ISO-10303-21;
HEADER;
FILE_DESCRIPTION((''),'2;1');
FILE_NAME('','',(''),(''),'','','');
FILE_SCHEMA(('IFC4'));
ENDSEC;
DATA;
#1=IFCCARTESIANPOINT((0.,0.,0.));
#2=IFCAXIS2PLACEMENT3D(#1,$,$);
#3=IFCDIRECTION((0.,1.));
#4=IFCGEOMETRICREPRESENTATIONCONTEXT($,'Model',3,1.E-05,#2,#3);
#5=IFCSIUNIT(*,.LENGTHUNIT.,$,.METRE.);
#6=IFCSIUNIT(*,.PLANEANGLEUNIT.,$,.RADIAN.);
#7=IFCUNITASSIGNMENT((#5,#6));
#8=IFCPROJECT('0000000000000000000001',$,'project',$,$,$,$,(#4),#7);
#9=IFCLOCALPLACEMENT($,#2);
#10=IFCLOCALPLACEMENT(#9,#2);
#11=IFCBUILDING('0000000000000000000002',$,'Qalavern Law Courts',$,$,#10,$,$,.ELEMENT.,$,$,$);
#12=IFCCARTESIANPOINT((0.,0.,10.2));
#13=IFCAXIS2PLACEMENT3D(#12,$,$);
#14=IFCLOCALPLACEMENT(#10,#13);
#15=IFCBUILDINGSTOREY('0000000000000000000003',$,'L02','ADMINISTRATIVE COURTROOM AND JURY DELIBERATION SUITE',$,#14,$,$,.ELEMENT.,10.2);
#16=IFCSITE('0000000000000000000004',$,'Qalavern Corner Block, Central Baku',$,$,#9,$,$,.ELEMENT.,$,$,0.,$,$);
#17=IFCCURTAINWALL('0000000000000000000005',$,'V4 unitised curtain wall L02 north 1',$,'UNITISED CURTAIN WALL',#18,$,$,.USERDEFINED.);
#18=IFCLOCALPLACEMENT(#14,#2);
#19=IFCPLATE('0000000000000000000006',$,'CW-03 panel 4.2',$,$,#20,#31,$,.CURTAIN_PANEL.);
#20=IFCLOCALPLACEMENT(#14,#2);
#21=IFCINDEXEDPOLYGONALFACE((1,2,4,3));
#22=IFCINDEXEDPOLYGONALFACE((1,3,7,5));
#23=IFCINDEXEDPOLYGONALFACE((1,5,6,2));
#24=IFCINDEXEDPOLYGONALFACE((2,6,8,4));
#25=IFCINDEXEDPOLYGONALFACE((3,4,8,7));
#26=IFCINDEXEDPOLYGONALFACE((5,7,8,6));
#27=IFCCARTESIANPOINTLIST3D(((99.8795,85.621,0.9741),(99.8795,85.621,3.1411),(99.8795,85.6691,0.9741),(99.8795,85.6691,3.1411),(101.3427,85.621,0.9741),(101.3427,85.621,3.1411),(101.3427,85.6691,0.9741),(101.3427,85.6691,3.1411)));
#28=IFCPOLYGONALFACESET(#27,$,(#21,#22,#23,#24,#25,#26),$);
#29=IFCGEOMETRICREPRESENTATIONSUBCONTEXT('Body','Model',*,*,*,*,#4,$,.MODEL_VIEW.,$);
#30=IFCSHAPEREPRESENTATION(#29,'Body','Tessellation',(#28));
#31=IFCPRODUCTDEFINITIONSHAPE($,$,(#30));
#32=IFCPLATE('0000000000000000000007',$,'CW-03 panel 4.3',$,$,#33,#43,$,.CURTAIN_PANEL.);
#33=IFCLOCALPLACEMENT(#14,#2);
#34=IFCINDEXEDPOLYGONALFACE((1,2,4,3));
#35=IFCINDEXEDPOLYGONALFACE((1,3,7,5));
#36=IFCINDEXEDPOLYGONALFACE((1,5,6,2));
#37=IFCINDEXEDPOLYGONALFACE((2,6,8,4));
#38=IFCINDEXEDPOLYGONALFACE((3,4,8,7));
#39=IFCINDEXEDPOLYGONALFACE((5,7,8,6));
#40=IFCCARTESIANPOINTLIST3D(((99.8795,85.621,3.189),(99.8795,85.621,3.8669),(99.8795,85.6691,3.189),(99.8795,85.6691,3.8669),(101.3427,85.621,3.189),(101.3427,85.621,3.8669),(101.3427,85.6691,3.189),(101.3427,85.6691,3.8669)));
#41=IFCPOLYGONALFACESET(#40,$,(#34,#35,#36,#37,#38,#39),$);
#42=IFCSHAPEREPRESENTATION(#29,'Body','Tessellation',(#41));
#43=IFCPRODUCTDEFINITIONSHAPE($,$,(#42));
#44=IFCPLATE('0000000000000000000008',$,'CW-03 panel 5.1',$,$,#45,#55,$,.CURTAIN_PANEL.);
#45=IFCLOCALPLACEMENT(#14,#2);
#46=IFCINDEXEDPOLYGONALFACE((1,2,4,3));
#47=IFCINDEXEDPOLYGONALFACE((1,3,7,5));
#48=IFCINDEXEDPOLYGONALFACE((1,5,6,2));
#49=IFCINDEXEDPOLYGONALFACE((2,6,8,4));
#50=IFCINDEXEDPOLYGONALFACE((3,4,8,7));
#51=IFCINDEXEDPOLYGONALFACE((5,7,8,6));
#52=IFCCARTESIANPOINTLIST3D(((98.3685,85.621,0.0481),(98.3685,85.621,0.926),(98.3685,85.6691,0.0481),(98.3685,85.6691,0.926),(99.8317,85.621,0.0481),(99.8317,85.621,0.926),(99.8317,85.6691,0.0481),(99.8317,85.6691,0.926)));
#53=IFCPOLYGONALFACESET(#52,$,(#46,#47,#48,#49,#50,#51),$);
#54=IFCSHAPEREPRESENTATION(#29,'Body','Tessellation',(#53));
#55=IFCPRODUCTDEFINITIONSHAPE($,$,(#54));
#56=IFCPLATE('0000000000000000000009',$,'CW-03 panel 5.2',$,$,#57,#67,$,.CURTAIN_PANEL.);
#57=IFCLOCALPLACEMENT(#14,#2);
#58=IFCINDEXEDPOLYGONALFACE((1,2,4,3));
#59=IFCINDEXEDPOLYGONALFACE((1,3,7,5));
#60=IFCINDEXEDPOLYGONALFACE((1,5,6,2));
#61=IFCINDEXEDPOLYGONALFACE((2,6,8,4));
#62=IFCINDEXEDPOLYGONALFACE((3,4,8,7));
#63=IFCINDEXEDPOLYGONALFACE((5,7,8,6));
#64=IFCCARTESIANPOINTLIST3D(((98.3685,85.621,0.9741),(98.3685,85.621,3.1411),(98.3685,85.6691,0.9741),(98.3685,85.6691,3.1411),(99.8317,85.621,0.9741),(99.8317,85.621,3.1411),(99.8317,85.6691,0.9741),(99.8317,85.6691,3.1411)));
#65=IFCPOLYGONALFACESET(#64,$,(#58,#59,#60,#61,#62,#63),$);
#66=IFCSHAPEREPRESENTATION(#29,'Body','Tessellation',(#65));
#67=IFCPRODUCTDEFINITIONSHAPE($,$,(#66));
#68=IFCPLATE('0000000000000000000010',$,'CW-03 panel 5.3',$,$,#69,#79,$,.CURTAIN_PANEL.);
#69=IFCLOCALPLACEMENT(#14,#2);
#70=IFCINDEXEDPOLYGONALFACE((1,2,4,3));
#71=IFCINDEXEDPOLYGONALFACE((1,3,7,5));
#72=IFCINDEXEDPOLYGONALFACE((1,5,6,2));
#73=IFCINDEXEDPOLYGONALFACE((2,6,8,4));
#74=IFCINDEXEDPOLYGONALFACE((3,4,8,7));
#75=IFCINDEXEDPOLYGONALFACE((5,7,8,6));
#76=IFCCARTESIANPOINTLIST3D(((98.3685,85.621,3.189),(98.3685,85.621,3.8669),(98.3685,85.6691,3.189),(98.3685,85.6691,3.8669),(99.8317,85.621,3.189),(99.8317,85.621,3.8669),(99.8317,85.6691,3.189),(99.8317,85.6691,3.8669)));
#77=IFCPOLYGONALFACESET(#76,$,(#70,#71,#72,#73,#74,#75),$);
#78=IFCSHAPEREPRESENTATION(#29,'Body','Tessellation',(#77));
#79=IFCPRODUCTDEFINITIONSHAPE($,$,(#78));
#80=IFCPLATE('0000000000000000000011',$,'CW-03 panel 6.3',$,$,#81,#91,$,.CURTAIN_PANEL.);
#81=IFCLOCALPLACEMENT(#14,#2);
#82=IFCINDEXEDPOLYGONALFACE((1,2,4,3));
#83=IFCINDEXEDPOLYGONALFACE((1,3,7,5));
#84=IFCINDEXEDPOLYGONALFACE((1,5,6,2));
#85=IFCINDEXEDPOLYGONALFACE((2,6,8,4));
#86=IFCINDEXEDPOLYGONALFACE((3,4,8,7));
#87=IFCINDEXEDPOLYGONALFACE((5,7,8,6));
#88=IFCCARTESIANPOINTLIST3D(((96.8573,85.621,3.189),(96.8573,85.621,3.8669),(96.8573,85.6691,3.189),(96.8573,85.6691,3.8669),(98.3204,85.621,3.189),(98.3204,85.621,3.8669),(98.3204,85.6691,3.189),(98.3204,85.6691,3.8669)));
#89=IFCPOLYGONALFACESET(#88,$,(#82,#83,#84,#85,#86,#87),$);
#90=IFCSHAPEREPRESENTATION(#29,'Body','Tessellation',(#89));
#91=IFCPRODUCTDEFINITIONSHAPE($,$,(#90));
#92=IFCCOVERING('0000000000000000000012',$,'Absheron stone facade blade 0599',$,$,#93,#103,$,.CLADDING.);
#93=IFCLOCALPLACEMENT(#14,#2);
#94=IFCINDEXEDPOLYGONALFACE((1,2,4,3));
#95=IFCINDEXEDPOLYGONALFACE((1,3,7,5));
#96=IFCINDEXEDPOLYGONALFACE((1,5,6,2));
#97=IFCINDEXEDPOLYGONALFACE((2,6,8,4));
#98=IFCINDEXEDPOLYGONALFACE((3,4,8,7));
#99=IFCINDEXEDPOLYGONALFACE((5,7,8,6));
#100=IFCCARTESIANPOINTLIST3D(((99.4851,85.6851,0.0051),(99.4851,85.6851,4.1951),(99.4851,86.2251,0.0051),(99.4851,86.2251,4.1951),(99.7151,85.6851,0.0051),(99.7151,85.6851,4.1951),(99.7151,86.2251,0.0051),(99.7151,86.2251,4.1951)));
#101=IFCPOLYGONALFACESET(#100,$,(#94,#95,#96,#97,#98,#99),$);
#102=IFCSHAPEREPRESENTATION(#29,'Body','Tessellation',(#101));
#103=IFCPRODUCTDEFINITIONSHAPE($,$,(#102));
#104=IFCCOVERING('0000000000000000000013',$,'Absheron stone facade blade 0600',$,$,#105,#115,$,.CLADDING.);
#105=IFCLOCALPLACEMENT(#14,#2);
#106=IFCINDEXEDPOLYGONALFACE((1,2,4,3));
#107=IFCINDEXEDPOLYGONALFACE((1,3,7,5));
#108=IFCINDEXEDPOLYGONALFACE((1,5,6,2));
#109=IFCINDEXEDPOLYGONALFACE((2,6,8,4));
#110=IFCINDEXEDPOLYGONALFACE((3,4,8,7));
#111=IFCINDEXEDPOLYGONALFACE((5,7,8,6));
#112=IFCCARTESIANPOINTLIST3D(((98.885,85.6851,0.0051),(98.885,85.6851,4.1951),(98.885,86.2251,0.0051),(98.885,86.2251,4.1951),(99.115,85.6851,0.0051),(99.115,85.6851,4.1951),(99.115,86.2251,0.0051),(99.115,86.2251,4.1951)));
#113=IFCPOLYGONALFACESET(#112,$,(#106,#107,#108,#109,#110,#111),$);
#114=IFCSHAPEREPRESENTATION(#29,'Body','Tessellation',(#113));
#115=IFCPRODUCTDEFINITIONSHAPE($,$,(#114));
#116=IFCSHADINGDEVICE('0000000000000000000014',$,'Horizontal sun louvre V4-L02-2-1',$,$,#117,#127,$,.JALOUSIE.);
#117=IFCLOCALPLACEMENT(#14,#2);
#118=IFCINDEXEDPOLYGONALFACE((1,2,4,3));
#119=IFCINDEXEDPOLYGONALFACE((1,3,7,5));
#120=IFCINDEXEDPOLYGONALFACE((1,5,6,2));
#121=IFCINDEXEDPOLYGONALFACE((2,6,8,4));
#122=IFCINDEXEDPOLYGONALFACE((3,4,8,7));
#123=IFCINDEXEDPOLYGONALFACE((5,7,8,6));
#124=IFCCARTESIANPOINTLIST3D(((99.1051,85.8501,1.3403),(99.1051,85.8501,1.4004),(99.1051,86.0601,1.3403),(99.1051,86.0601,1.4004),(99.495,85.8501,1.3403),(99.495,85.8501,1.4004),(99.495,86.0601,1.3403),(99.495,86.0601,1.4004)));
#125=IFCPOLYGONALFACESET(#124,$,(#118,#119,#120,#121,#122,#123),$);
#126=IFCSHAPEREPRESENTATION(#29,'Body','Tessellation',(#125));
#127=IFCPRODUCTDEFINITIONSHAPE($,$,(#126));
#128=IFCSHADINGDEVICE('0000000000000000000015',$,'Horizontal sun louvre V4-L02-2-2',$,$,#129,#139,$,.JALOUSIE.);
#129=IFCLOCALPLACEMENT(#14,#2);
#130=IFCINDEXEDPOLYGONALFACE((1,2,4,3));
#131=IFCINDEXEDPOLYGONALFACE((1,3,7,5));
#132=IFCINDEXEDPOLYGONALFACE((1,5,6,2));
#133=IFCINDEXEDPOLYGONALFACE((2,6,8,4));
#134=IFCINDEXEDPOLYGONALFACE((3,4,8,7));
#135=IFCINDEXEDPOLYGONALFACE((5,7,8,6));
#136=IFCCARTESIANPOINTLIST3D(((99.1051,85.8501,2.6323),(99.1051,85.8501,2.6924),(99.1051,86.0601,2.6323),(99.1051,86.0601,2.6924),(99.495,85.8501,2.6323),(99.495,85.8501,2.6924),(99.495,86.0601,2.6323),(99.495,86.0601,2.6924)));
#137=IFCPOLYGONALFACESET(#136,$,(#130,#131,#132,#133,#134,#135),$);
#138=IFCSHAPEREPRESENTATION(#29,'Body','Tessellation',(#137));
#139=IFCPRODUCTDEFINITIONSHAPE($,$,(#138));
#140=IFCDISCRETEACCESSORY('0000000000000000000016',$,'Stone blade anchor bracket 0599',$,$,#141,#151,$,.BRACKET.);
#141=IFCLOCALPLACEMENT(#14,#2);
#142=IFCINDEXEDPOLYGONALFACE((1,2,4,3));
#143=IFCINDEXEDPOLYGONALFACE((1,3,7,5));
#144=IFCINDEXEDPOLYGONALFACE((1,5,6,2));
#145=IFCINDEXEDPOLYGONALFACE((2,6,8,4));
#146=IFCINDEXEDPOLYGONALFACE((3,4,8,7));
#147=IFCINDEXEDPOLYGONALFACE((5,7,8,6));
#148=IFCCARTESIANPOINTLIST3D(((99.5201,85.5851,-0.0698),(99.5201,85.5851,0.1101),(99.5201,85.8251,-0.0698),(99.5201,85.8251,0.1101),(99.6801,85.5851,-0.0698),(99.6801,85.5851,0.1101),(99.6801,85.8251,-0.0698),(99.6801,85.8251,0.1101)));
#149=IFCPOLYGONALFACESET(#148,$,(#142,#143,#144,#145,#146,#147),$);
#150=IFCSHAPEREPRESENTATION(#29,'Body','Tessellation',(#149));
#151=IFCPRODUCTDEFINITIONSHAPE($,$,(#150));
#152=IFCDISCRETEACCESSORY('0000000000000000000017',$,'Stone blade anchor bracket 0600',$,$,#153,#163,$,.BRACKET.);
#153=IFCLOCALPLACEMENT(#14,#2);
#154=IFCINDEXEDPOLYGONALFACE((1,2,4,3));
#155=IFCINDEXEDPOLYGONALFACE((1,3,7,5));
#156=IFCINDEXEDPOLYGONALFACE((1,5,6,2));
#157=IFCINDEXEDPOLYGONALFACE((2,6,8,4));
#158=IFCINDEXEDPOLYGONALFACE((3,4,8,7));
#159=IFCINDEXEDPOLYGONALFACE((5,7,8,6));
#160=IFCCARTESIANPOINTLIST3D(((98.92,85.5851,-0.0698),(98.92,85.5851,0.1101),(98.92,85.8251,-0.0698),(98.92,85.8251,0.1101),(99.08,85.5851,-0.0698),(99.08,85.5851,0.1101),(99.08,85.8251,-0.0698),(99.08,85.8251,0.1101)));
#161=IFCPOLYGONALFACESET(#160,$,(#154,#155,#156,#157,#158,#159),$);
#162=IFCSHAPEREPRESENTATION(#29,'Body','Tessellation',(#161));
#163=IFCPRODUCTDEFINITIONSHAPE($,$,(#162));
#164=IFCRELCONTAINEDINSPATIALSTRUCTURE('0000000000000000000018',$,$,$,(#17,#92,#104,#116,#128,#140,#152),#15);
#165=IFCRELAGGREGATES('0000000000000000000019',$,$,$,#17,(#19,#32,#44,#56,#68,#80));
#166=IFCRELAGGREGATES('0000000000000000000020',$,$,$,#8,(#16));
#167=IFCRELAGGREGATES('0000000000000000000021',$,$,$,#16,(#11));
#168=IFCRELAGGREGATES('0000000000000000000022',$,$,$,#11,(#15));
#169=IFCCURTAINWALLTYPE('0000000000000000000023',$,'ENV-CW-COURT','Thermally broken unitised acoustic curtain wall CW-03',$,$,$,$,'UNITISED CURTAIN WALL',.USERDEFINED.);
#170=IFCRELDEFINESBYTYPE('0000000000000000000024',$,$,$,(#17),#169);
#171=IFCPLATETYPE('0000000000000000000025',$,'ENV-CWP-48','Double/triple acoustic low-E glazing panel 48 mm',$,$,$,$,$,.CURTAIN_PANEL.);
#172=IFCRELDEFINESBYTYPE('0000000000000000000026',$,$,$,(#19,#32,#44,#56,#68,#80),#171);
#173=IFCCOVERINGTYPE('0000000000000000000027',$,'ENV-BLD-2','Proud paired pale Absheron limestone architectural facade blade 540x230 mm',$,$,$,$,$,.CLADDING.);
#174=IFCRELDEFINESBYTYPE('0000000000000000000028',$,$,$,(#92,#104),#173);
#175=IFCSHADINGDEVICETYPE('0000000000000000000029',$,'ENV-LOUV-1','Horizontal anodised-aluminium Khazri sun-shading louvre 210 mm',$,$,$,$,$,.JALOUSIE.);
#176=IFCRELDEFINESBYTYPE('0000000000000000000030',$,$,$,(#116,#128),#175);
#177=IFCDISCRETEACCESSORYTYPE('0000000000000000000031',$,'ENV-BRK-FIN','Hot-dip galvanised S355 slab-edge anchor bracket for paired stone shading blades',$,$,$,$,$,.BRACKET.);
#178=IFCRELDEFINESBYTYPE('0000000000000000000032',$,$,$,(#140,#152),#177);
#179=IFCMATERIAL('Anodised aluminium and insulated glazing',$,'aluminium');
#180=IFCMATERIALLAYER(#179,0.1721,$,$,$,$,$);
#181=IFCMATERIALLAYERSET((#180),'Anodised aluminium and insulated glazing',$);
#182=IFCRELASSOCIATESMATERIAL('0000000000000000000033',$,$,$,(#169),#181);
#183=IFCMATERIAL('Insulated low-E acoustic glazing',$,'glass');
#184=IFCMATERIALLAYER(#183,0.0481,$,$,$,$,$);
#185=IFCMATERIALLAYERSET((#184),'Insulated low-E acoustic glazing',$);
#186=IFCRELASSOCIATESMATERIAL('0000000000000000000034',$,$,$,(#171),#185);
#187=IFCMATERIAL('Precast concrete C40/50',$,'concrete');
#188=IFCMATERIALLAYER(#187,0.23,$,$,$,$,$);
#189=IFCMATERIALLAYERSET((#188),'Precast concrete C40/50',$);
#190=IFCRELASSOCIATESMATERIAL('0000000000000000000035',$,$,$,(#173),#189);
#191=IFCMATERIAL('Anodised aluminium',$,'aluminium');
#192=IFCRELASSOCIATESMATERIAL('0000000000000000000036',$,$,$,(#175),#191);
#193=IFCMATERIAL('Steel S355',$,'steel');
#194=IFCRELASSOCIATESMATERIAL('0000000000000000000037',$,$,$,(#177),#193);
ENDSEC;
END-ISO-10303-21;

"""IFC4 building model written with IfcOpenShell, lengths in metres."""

from ifc_helpers import new_model, si_unit, direction, frame, origin, origin_2d, place, context, subcontext, project, spatial, rectangle, extrude, material, layer, layer_set, type_object, element, aggregate, save


model = new_model("IFC4")

# Units and contexts
model_context = context("Model", 3, precision=1e-05, world=origin(), true_north=direction((0.0, 1.0)))
body_context = subcontext(model_context, "Body", "Model", "MODEL_VIEW")
ifc_project = project(units=[si_unit("LENGTHUNIT", "METRE"), si_unit("PLANEANGLEUNIT", "RADIAN")], contexts=[model_context])

# Site, building, storey
site_placement = place(None, origin())
site = spatial("IfcSite", under=ifc_project, at=site_placement, Name="Qalavern Corner Block, Central Baku", CompositionType="ELEMENT", RefElevation=0.0)
building_placement = place(site_placement, origin())
building = spatial("IfcBuilding", under=site, at=building_placement, Name="Qalavern Law Courts", CompositionType="ELEMENT")
storey_placement = place(building_placement, frame((0.0, 0.0, 10.2)))
storey = spatial("IfcBuildingStorey", under=building, at=storey_placement, Name="L02", Description="ADMINISTRATIVE COURTROOM AND JURY DELIBERATION SUITE", CompositionType="ELEMENT", Elevation=10.2)

# Curtain wall, plates
ifc_material_1 = material(Name="Anodised aluminium and insulated glazing", Category="aluminium")
ifc_layer_1 = layer(ifc_material_1, 0.1721)
ifc_layer_set_1 = layer_set([ifc_layer_1], Name="Anodised aluminium and insulated glazing")
curtain_wall_type = type_object("IfcCurtainWallType", Name="ENV-CW-COURT", Description="Thermally broken unitised acoustic curtain wall CW-03", ElementType="UNITISED CURTAIN WALL", PredefinedType="USERDEFINED", material=ifc_layer_set_1)
curtain_wall_placement = place(storey_placement, origin())
curtain_wall = element("IfcCurtainWall", 1, at=curtain_wall_placement, inside=storey, type_object=curtain_wall_type, Name="V4 unitised curtain wall L02 north 1", ObjectType="UNITISED CURTAIN WALL", PredefinedType="USERDEFINED")
ifc_material_2 = material(Name="Anodised aluminium", Category="aluminium")
ifc_material_3 = material(Name="Insulated low-E acoustic glazing", Category="glass")
ifc_layer_2 = layer(ifc_material_3, 0.0481)
ifc_layer_set_2 = layer_set([ifc_layer_2], Name="Insulated low-E acoustic glazing")
plate_type = type_object("IfcPlateType", Name="ENV-CWP-48", Description="Double/triple acoustic low-E glazing panel 48 mm", PredefinedType="CURTAIN_PANEL", material=ifc_layer_set_2)
plate_1_placement = place(storey_placement, frame((100.6111, 85.645, 0.9741), z_axis=(0.0, 0.0, 1.0), x_axis=(-1.0, 0.0, 0.0)))
plate_1 = element("IfcPlate", 2, at=plate_1_placement, type_object=plate_type, Name="CW-03 panel 4.2", PredefinedType="CURTAIN_PANEL", context=body_context, shape_type="SweptSolid", body=[
    extrude(rectangle(XDim=1.4631, YDim=0.0481, at=origin_2d()), origin(), (0.0, 0.0, 1.0), 2.167),
])
plate_2_placement = place(storey_placement, frame((100.6111, 85.645, 3.189), z_axis=(0.0, 0.0, 1.0), x_axis=(-1.0, 0.0, 0.0)))
plate_2 = element("IfcPlate", 3, at=plate_2_placement, type_object=plate_type, Name="CW-03 panel 4.3", PredefinedType="CURTAIN_PANEL", context=body_context, shape_type="SweptSolid", body=[
    extrude(rectangle(XDim=1.4631, YDim=0.0481, at=origin_2d()), origin(), (0.0, 0.0, 1.0), 0.678),
])
plate_3_placement = place(storey_placement, frame((99.1001, 85.645, 0.0481), z_axis=(0.0, 0.0, 1.0), x_axis=(-1.0, 0.0, 0.0)))
plate_3 = element("IfcPlate", 4, at=plate_3_placement, type_object=plate_type, Name="CW-03 panel 5.1", PredefinedType="CURTAIN_PANEL", context=body_context, shape_type="SweptSolid", body=[
    extrude(rectangle(XDim=1.4631, YDim=0.0481, at=origin_2d()), origin(), (0.0, 0.0, 1.0), 0.8779),
])
plate_4_placement = place(storey_placement, frame((99.1001, 85.645, 0.9741), z_axis=(0.0, 0.0, 1.0), x_axis=(-1.0, 0.0, 0.0)))
plate_4 = element("IfcPlate", 5, at=plate_4_placement, type_object=plate_type, Name="CW-03 panel 5.2", PredefinedType="CURTAIN_PANEL", context=body_context, shape_type="SweptSolid", body=[
    extrude(rectangle(XDim=1.4631, YDim=0.0481, at=origin_2d()), origin(), (0.0, 0.0, 1.0), 2.167),
])
plate_5_placement = place(storey_placement, frame((99.1001, 85.645, 3.189), z_axis=(0.0, 0.0, 1.0), x_axis=(-1.0, 0.0, 0.0)))
plate_5 = element("IfcPlate", 6, at=plate_5_placement, type_object=plate_type, Name="CW-03 panel 5.3", PredefinedType="CURTAIN_PANEL", context=body_context, shape_type="SweptSolid", body=[
    extrude(rectangle(XDim=1.4631, YDim=0.0481, at=origin_2d()), origin(), (0.0, 0.0, 1.0), 0.678),
])
plate_6_placement = place(storey_placement, frame((97.5889, 85.645, 3.189), z_axis=(0.0, 0.0, 1.0), x_axis=(-1.0, 0.0, 0.0)))
plate_6 = element("IfcPlate", 7, at=plate_6_placement, type_object=plate_type, Name="CW-03 panel 6.3", PredefinedType="CURTAIN_PANEL", context=body_context, shape_type="SweptSolid", body=[
    extrude(rectangle(XDim=1.4631, YDim=0.0481, at=origin_2d()), origin(), (0.0, 0.0, 1.0), 0.678),
])
aggregate(curtain_wall, [plate_1, plate_2, plate_3, plate_4, plate_5, plate_6])

# Coverings
ifc_material_4 = material(Name="Precast concrete C40/50", Category="concrete")
ifc_layer_3 = layer(ifc_material_4, 0.23)
ifc_layer_set_3 = layer_set([ifc_layer_3], Name="Precast concrete C40/50")
covering_type = type_object("IfcCoveringType", Name="ENV-BLD-2", Description="Proud paired pale Absheron limestone architectural facade blade 540x230 mm", PredefinedType="CLADDING", material=ifc_layer_set_3)
for number, where, z_axis, x_axis, name in (
    (8, (99.6001, 85.9551, 0.0051), (0.0, 0.0, 1.0), (0.0, 1.0, 0.0), "Absheron stone facade blade 0599"),
    (9, (99.0, 85.9551, 0.0051), (0.0, 0.0, 1.0), (0.0, 1.0, 0.0), "Absheron stone facade blade 0600"),
):
    element("IfcCovering", number, at=place(storey_placement, frame(where, z_axis=z_axis, x_axis=x_axis)), inside=storey, type_object=covering_type, Name=name, PredefinedType="CLADDING", context=body_context, shape_type="SweptSolid", body=[
        extrude(rectangle(XDim=0.54, YDim=0.23, at=origin_2d()), origin(), (0.0, 0.0, 1.0), 4.1899),
    ])

# Shading devices
shading_device_type = type_object("IfcShadingDeviceType", Name="ENV-LOUV-1", Description="Horizontal anodised-aluminium Khazri sun-shading louvre 210 mm", PredefinedType="JALOUSIE", material=ifc_material_2)
for number, where, z_axis, x_axis, name in (
    (10, (99.3, 85.9551, 1.3403), (0.0, 0.0, 1.0), (-1.0, 0.0, 0.0), "Horizontal sun louvre V4-L02-2-1"),
    (11, (99.3, 85.9551, 2.6323), (0.0, 0.0, 1.0), (-1.0, 0.0, 0.0), "Horizontal sun louvre V4-L02-2-2"),
):
    element("IfcShadingDevice", number, at=place(storey_placement, frame(where, z_axis=z_axis, x_axis=x_axis)), inside=storey, type_object=shading_device_type, Name=name, PredefinedType="JALOUSIE", context=body_context, shape_type="SweptSolid", body=[
        extrude(rectangle(XDim=0.3899, YDim=0.21, at=origin_2d()), origin(), (0.0, 0.0, 1.0), 0.0601),
    ])

# Discrete accessories
ifc_material_5 = material(Name="Steel S355", Category="steel")
discrete_accessory_type = type_object("IfcDiscreteAccessoryType", Name="ENV-BRK-FIN", Description="Hot-dip galvanised S355 slab-edge anchor bracket for paired stone shading blades", PredefinedType="BRACKET", material=ifc_material_5)
for number, where, z_axis, x_axis, name in (
    (12, (99.6001, 85.7051, -0.0698), (0.0, 0.0, 1.0), (0.0, 1.0, 0.0), "Stone blade anchor bracket 0599"),
    (13, (99.0, 85.7051, -0.0698), (0.0, 0.0, 1.0), (0.0, 1.0, 0.0), "Stone blade anchor bracket 0600"),
):
    element("IfcDiscreteAccessory", number, at=place(storey_placement, frame(where, z_axis=z_axis, x_axis=x_axis)), inside=storey, type_object=discrete_accessory_type, Name=name, PredefinedType="BRACKET", context=body_context, shape_type="SweptSolid", body=[
        extrude(rectangle(XDim=0.24, YDim=0.1599, at=origin_2d()), origin(), (0.0, 0.0, 1.0), 0.1799),
    ])

save(model, "model.ifc")
